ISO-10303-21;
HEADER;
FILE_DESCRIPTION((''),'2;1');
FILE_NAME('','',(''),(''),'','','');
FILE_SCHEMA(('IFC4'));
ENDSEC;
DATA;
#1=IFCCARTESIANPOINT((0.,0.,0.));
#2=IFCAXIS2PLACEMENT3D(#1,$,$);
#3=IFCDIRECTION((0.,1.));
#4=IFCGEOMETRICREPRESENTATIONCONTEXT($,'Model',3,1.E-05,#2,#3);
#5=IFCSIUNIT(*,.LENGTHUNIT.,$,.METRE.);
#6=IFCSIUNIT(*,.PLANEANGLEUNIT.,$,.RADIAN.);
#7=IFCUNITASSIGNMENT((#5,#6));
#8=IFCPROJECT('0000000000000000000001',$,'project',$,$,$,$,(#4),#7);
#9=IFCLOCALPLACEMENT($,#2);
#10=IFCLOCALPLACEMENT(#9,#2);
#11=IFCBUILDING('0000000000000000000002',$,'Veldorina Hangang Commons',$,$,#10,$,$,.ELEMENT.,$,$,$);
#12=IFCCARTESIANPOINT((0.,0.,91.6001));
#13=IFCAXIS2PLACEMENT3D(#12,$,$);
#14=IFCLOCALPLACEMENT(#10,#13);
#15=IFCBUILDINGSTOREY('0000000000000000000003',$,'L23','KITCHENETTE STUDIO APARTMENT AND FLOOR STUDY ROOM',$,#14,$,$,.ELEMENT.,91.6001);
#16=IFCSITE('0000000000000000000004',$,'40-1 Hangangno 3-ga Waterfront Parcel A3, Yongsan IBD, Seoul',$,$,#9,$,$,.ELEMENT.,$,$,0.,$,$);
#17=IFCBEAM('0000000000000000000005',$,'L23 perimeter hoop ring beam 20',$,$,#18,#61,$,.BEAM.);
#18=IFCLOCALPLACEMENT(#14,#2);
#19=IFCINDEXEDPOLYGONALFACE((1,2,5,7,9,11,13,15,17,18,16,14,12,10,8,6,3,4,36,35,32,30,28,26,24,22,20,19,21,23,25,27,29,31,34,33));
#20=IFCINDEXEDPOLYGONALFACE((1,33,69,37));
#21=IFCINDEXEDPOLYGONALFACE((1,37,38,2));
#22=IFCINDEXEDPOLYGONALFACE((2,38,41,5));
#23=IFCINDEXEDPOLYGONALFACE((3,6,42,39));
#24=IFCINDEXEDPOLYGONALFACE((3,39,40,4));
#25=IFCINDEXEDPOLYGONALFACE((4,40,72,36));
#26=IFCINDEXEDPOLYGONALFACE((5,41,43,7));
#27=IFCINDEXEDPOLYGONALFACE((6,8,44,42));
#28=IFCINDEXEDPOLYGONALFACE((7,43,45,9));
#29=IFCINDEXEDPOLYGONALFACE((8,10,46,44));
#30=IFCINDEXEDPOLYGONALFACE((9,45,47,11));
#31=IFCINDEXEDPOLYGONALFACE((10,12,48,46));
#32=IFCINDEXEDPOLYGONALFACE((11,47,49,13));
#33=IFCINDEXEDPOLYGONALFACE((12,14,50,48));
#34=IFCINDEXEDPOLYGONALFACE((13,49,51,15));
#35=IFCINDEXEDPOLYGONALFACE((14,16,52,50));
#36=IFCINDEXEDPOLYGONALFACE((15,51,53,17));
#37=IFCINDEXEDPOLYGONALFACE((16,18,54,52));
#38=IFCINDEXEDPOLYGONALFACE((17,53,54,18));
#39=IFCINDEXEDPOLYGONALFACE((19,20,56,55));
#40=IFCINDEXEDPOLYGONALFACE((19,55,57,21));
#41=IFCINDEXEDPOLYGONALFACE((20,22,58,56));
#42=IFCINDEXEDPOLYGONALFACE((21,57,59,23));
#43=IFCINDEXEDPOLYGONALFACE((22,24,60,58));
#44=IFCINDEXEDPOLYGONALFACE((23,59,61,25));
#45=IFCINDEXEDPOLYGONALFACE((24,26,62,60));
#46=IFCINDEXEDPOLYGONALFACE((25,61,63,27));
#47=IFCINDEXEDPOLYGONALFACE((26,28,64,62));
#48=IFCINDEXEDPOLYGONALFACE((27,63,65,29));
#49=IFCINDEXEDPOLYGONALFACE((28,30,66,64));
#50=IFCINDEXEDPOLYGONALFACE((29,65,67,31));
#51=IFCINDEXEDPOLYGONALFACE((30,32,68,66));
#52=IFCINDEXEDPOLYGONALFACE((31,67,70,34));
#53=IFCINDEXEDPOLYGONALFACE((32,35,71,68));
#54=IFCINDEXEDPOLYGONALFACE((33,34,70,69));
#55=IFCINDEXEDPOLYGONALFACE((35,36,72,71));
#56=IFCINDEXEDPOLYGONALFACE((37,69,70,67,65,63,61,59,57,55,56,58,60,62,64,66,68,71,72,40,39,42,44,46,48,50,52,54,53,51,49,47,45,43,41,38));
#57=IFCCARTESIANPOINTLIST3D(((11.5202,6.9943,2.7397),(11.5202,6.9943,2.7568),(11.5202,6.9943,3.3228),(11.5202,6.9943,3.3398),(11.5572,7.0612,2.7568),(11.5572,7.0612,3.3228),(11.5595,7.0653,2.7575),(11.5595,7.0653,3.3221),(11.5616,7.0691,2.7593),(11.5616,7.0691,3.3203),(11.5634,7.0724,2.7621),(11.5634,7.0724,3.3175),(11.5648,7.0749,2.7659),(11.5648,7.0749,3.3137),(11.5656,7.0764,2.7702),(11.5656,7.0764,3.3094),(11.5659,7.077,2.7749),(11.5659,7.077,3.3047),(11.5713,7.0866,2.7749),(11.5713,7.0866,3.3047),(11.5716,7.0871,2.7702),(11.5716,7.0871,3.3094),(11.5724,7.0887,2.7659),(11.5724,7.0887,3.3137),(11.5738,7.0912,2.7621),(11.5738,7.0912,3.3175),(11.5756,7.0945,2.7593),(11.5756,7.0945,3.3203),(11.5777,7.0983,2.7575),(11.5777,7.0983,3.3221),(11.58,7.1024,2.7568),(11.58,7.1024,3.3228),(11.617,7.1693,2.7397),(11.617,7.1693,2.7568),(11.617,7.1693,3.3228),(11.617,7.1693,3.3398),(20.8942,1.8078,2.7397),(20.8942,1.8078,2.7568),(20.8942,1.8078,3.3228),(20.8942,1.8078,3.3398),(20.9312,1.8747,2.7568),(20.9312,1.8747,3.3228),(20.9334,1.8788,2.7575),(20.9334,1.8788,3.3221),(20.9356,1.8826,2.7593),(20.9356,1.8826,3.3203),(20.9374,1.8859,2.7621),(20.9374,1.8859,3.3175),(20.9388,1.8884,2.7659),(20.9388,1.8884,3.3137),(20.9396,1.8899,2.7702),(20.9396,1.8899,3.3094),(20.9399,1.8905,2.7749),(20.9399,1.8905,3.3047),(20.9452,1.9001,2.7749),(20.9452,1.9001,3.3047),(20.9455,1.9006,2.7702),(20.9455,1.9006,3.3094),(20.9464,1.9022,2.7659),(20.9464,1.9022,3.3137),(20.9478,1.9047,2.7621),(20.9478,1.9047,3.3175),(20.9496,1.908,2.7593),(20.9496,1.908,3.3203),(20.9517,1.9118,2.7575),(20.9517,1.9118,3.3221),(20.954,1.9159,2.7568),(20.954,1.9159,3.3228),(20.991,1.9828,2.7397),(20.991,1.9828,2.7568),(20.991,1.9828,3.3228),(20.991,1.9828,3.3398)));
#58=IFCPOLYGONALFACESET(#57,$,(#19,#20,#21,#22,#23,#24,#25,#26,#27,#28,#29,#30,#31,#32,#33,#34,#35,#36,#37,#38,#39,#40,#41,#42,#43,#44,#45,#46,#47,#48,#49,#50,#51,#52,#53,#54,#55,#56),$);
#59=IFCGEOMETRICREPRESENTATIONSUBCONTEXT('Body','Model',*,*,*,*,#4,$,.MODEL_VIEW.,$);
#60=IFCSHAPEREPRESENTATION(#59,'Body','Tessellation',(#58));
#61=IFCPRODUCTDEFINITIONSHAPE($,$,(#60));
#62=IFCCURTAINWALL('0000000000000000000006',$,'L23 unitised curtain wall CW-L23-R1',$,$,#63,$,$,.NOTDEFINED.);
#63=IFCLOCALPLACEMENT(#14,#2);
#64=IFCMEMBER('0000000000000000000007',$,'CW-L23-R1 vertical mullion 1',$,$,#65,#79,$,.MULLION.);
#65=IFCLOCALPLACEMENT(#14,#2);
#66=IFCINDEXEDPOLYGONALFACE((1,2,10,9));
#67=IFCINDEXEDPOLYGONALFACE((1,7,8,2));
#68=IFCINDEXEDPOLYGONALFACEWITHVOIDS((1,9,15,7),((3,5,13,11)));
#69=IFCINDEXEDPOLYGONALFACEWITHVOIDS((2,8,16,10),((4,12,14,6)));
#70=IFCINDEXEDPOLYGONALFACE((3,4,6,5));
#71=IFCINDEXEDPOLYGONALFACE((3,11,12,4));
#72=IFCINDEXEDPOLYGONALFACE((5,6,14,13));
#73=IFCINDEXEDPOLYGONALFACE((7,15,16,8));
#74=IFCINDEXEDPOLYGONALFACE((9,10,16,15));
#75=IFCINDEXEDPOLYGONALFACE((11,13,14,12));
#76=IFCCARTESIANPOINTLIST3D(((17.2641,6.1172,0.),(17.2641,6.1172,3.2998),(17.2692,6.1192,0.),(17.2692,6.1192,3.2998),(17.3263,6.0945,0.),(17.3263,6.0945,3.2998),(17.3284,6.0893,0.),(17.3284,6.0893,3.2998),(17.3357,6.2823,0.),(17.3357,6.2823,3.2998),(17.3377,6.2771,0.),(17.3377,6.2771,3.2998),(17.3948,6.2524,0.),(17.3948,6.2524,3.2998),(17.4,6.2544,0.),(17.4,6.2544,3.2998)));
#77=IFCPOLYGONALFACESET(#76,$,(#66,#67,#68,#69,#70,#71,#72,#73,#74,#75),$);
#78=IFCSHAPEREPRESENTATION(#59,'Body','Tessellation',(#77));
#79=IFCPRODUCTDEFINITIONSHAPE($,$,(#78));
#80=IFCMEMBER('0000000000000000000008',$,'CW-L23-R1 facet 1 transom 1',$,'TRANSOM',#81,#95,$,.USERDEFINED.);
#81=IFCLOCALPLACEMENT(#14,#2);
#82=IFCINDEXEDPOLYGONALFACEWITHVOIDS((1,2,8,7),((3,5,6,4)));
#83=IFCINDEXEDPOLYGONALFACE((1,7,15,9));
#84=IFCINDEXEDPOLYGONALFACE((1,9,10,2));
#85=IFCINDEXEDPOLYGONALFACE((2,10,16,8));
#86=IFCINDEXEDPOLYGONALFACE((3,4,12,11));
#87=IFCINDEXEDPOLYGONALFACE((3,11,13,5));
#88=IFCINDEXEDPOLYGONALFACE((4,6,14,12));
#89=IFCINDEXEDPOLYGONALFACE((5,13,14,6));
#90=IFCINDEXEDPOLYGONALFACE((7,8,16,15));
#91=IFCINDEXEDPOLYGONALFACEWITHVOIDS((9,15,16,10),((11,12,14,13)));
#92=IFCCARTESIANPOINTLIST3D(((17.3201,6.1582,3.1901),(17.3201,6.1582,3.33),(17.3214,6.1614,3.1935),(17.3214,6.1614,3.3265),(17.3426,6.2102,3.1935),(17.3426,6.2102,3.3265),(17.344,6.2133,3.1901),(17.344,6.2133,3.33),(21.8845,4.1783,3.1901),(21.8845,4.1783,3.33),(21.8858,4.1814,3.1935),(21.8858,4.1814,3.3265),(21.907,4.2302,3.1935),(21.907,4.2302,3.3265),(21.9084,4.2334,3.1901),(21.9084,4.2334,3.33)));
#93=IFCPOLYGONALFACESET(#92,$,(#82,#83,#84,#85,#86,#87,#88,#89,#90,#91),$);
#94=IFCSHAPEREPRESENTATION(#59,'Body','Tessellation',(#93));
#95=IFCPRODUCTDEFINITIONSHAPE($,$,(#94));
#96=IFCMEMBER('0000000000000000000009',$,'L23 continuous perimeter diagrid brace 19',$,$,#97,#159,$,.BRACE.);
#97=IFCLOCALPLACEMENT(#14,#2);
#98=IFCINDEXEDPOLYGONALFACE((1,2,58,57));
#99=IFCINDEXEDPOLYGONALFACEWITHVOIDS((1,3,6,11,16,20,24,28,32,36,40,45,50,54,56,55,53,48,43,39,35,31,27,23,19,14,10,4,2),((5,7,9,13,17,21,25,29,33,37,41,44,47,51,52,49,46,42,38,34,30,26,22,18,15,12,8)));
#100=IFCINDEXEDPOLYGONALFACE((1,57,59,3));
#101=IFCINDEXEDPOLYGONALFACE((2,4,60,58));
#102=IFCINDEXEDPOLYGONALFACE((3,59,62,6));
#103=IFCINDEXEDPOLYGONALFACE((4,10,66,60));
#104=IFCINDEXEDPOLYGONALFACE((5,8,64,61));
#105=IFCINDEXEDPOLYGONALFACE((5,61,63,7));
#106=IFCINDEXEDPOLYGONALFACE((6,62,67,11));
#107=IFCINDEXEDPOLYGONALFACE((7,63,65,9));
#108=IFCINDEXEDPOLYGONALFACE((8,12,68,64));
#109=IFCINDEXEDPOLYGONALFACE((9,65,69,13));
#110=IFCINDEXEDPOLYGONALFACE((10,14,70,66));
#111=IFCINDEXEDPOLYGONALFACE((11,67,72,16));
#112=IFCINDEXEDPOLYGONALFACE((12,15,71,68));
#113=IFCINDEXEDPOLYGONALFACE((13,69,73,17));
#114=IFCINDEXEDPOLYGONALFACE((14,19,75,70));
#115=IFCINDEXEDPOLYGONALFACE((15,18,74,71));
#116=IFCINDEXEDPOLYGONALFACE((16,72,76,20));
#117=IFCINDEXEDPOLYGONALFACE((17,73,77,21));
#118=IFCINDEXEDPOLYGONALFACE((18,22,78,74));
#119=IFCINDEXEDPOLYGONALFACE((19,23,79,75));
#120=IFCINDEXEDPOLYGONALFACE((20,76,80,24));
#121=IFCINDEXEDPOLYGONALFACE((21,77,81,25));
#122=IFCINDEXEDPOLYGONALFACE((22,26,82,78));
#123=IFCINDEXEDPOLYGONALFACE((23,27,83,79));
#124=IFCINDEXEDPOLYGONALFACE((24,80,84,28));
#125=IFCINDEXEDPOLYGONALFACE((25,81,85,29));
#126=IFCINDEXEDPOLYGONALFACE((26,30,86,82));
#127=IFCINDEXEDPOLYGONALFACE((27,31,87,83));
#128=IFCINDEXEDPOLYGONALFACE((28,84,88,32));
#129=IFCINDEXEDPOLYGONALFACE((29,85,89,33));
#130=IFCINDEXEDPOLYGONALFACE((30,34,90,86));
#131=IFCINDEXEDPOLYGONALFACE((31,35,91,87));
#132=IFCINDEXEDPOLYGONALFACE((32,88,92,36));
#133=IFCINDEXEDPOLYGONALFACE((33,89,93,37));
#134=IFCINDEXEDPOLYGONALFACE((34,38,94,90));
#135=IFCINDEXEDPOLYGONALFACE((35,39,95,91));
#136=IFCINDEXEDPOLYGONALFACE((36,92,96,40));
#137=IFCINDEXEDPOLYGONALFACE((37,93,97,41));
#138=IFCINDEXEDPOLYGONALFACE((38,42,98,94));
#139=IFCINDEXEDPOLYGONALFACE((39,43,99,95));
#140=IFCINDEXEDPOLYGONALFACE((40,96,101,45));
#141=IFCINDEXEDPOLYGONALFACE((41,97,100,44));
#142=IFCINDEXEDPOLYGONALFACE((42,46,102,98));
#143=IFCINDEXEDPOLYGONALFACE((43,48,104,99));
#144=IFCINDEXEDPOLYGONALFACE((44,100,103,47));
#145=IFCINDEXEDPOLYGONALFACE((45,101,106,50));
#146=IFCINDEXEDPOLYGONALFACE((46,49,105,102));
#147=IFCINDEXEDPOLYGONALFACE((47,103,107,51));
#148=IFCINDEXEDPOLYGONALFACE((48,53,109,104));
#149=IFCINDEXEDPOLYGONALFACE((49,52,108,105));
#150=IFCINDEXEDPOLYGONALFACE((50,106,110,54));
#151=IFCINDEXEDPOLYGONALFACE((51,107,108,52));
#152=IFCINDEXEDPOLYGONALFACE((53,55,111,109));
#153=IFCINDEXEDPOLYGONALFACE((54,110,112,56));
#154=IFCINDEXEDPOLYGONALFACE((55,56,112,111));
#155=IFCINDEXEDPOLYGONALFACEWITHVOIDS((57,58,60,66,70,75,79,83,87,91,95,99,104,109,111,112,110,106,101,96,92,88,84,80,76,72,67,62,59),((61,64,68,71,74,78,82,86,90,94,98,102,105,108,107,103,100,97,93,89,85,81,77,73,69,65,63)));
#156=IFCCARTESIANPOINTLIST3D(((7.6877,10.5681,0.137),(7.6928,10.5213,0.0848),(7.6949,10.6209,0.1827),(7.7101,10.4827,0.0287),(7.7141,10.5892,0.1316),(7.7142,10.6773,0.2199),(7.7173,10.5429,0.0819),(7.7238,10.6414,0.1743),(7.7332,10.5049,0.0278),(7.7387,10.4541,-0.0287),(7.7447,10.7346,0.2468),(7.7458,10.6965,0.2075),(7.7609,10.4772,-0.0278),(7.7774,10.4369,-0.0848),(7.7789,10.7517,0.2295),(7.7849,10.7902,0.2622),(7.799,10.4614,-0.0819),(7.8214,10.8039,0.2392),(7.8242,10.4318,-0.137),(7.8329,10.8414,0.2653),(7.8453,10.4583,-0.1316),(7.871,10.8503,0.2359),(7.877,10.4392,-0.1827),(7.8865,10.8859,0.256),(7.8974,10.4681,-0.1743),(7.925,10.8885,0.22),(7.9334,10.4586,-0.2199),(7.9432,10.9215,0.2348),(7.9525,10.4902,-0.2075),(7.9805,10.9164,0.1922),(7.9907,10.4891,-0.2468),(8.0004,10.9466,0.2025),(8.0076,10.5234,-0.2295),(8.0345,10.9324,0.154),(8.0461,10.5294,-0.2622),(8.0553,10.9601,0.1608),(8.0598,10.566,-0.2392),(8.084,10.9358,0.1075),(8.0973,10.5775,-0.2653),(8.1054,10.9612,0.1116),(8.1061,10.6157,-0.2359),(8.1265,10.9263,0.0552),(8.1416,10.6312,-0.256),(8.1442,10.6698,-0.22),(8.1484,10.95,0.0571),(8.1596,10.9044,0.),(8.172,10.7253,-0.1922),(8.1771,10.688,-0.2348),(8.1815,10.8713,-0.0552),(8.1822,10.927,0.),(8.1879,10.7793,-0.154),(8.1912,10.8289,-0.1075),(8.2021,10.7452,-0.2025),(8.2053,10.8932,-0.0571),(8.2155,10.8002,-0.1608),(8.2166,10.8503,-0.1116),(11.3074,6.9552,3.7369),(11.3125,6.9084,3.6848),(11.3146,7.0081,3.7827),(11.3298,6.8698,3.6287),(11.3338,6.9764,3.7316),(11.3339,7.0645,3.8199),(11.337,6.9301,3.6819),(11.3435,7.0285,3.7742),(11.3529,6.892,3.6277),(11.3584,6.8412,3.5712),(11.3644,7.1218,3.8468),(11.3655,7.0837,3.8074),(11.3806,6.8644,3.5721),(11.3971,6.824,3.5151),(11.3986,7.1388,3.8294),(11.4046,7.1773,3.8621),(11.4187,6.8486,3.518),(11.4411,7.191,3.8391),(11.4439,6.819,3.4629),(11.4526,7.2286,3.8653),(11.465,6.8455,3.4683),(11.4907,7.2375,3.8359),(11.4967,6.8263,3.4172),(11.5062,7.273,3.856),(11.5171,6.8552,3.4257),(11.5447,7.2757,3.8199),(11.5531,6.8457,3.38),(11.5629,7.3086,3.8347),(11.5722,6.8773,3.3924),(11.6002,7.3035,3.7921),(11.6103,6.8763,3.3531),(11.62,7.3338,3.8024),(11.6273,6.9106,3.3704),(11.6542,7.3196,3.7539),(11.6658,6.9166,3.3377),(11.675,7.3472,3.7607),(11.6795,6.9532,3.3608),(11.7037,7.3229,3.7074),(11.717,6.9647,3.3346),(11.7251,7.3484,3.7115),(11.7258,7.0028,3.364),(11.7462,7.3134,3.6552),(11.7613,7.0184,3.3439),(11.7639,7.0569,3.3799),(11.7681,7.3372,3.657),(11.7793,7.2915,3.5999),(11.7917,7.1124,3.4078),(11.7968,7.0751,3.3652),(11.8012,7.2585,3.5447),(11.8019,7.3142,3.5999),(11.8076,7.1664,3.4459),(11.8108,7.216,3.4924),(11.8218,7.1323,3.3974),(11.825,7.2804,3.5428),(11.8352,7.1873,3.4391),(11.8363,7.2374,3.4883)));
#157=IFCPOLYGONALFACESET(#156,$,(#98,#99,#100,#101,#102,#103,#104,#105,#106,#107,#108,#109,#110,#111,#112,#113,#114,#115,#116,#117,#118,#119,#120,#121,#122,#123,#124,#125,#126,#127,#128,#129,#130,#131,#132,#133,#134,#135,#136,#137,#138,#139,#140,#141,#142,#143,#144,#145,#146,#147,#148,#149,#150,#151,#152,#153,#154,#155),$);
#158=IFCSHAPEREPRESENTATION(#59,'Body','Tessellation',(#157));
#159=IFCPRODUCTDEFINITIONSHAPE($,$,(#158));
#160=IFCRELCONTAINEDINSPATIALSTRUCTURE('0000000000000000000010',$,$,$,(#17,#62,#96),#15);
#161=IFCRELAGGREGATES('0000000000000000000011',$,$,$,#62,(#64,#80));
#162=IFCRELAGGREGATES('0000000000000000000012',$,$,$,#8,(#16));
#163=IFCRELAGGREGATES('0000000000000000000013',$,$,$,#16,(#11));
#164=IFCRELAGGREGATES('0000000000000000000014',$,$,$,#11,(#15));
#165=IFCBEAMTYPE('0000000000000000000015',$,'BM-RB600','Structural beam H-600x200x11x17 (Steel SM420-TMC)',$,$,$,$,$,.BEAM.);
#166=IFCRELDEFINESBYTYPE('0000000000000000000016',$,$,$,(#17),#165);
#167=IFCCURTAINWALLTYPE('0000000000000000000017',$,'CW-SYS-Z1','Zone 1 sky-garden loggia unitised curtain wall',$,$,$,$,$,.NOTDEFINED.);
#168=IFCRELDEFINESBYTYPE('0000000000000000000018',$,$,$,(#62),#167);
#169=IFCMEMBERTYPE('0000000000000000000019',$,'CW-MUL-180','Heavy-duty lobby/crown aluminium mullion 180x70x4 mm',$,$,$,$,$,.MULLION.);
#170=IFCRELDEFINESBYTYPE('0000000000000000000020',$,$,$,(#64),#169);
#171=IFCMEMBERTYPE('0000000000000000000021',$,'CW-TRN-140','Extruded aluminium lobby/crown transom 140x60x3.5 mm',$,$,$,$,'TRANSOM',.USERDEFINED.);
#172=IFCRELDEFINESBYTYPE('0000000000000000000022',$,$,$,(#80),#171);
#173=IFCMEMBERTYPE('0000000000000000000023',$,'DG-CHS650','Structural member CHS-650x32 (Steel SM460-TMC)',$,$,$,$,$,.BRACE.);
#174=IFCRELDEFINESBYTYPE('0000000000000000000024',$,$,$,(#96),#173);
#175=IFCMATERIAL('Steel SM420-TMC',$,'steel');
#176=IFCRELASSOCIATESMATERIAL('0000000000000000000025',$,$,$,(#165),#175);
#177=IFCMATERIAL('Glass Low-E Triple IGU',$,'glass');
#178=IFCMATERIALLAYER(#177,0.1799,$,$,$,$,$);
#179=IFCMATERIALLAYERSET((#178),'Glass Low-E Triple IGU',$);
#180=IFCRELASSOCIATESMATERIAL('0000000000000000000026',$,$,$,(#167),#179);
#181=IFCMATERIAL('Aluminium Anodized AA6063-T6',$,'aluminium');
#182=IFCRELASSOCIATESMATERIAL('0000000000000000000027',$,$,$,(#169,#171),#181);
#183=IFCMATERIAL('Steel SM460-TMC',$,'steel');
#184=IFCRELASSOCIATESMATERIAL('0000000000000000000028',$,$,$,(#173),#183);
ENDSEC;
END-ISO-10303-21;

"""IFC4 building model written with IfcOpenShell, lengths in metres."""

from ifc_helpers import new_model, si_unit, direction, frame, origin, origin_2d, place, context, subcontext, project, spatial, hollow_rectangle, hollow_circle, i_section, extrude, material, layer, layer_set, material_profile, profile_set, type_object, element, aggregate, save


model = new_model("IFC4")

# Units and contexts
model_context = context("Model", 3, precision=1e-05, world=origin(), true_north=direction((0.0, 1.0)))
body_context = subcontext(model_context, "Body", "Model", "MODEL_VIEW")
ifc_project = project(units=[si_unit("LENGTHUNIT", "METRE"), si_unit("PLANEANGLEUNIT", "RADIAN")], contexts=[model_context])

# Site, building, storey
site_placement = place(None, origin())
site = spatial("IfcSite", under=ifc_project, at=site_placement, Name="40-1 Hangangno 3-ga Waterfront Parcel A3, Yongsan IBD, Seoul", CompositionType="ELEMENT", RefElevation=0.0)
building_placement = place(site_placement, origin())
building = spatial("IfcBuilding", under=site, at=building_placement, Name="Veldorina Hangang Commons", CompositionType="ELEMENT")
storey_placement = place(building_placement, frame((0.0, 0.0, 91.6001)))
storey = spatial("IfcBuildingStorey", under=building, at=storey_placement, Name="L23", Description="KITCHENETTE STUDIO APARTMENT AND FLOOR STUDY ROOM", CompositionType="ELEMENT", Elevation=91.6001)

# Beam
ifc_material_1 = material(Name="Steel SM420-TMC", Category="steel")
ifc_material_profile_1 = material_profile(ifc_material_1, i_section(OverallWidth=0.2, OverallDepth=0.6001, WebThickness=0.011, FlangeThickness=0.0171, FilletRadius=0.0181, at=origin_2d()), Name="H-600x200x11x17")
ifc_profile_set_1 = profile_set([ifc_material_profile_1], Name="Steel SM420-TMC")
beam_type = type_object("IfcBeamType", Name="BM-RB600", Description="Structural beam H-600x200x11x17 (Steel SM420-TMC)", PredefinedType="BEAM", material=ifc_profile_set_1)
beam_placement = place(storey_placement, frame((11.5686, 7.0818, 3.0398), z_axis=(0.874999, -0.484125, 0.0), x_axis=(0.484125, 0.874999, 0.0)))
element("IfcBeam", 1, at=beam_placement, inside=storey, type_object=beam_type, Name="L23 perimeter hoop ring beam 20", PredefinedType="BEAM", context=body_context, shape_type="SweptSolid", body=[
    extrude(i_section(OverallWidth=0.2, OverallDepth=0.6001, WebThickness=0.011, FlangeThickness=0.0171, FilletRadius=0.0181, at=origin_2d()), origin(), (0.0, 0.0, 1.0), 10.7131),
])

# Curtain wall, members
ifc_material_2 = material(Name="Glass Low-E Triple IGU", Category="glass")
ifc_layer_1 = layer(ifc_material_2, 0.1799)
ifc_layer_set_1 = layer_set([ifc_layer_1], Name="Glass Low-E Triple IGU")
curtain_wall_type = type_object("IfcCurtainWallType", Name="CW-SYS-Z1", Description="Zone 1 sky-garden loggia unitised curtain wall", PredefinedType="NOTDEFINED", material=ifc_layer_set_1)
curtain_wall_placement = place(storey_placement, origin())
curtain_wall = element("IfcCurtainWall", 2, at=curtain_wall_placement, inside=storey, type_object=curtain_wall_type, Name="L23 unitised curtain wall CW-L23-R1", PredefinedType="NOTDEFINED")
ifc_material_3 = material(Name="Aluminium Anodized AA6063-T6", Category="aluminium")
ifc_material_profile_2 = material_profile(ifc_material_3, hollow_rectangle(XDim=0.0701, YDim=0.1799, WallThickness=0.0039, at=origin_2d()), Name="ALU-RHS-180x70x4")
ifc_profile_set_2 = profile_set([ifc_material_profile_2], Name="Aluminium Anodized AA6063-T6")
member_type_1 = type_object("IfcMemberType", Name="CW-MUL-180", Description="Heavy-duty lobby/crown aluminium mullion 180x70x4 mm", PredefinedType="MULLION", material=ifc_profile_set_2)
member_1_placement = place(storey_placement, frame((17.332, 6.1858, 0.0), z_axis=(0.0, 0.0, 1.0), x_axis=(0.917415, -0.397933, 0.0)))
member_1 = element("IfcMember", 3, at=member_1_placement, type_object=member_type_1, Name="CW-L23-R1 vertical mullion 1", PredefinedType="MULLION", context=body_context, shape_type="SweptSolid", body=[
    extrude(hollow_rectangle(XDim=0.0701, YDim=0.1799, WallThickness=0.0039, at=origin_2d()), origin(), (0.0, 0.0, 1.0), 3.2998),
])
ifc_material_profile_3 = material_profile(ifc_material_3, hollow_rectangle(XDim=0.0601, YDim=0.1399, WallThickness=0.0034, at=origin_2d()), Name="ALU-RHS-140x60x3.5")
ifc_profile_set_3 = profile_set([ifc_material_profile_3], Name="Aluminium Anodized AA6063-T6")
member_type_2 = type_object("IfcMemberType", Name="CW-TRN-140", Description="Extruded aluminium lobby/crown transom 140x60x3.5 mm", ElementType="TRANSOM", PredefinedType="USERDEFINED", material=ifc_profile_set_3)
member_2_placement = place(storey_placement, frame((17.332, 6.1858, 3.26), z_axis=(0.917405, -0.397954, 0.0), x_axis=(0.397954, 0.917405, 0.0)))
member_2 = element("IfcMember", 4, at=member_2_placement, type_object=member_type_2, Name="CW-L23-R1 facet 1 transom 1", ObjectType="TRANSOM", PredefinedType="USERDEFINED", context=body_context, shape_type="SweptSolid", body=[
    extrude(hollow_rectangle(XDim=0.0601, YDim=0.1399, WallThickness=0.0034, at=origin_2d()), origin(), (0.0, 0.0, 1.0), 4.9753),
])

# Member
ifc_material_4 = material(Name="Steel SM460-TMC", Category="steel")
ifc_material_profile_4 = material_profile(ifc_material_4, hollow_circle(Radius=0.325, WallThickness=0.032, at=origin_2d()), Name="CHS-650x32")
ifc_profile_set_4 = profile_set([ifc_material_profile_4], Name="Steel SM460-TMC")
member_type_3 = type_object("IfcMemberType", Name="DG-CHS650", Description="Structural member CHS-650x32 (Steel SM460-TMC)", PredefinedType="BRACE", material=ifc_profile_set_4)
member_3_placement = place(storey_placement, frame((7.9526, 10.697, 0.0), z_axis=(0.578767, -0.577674, 0.575605), x_axis=(0.706438, 0.707775, 0.0)))
element("IfcMember", 5, at=member_3_placement, inside=storey, type_object=member_type_3, Name="L23 continuous perimeter diagrid brace 19", PredefinedType="BRACE", context=body_context, shape_type="SweptSolid", body=[
    extrude(hollow_circle(Radius=0.325, WallThickness=0.032, at=origin_2d()), origin(), (0.0, 0.0, 1.0), 6.2542),
])

aggregate(curtain_wall, [member_1, member_2])

save(model, "model.ifc")
